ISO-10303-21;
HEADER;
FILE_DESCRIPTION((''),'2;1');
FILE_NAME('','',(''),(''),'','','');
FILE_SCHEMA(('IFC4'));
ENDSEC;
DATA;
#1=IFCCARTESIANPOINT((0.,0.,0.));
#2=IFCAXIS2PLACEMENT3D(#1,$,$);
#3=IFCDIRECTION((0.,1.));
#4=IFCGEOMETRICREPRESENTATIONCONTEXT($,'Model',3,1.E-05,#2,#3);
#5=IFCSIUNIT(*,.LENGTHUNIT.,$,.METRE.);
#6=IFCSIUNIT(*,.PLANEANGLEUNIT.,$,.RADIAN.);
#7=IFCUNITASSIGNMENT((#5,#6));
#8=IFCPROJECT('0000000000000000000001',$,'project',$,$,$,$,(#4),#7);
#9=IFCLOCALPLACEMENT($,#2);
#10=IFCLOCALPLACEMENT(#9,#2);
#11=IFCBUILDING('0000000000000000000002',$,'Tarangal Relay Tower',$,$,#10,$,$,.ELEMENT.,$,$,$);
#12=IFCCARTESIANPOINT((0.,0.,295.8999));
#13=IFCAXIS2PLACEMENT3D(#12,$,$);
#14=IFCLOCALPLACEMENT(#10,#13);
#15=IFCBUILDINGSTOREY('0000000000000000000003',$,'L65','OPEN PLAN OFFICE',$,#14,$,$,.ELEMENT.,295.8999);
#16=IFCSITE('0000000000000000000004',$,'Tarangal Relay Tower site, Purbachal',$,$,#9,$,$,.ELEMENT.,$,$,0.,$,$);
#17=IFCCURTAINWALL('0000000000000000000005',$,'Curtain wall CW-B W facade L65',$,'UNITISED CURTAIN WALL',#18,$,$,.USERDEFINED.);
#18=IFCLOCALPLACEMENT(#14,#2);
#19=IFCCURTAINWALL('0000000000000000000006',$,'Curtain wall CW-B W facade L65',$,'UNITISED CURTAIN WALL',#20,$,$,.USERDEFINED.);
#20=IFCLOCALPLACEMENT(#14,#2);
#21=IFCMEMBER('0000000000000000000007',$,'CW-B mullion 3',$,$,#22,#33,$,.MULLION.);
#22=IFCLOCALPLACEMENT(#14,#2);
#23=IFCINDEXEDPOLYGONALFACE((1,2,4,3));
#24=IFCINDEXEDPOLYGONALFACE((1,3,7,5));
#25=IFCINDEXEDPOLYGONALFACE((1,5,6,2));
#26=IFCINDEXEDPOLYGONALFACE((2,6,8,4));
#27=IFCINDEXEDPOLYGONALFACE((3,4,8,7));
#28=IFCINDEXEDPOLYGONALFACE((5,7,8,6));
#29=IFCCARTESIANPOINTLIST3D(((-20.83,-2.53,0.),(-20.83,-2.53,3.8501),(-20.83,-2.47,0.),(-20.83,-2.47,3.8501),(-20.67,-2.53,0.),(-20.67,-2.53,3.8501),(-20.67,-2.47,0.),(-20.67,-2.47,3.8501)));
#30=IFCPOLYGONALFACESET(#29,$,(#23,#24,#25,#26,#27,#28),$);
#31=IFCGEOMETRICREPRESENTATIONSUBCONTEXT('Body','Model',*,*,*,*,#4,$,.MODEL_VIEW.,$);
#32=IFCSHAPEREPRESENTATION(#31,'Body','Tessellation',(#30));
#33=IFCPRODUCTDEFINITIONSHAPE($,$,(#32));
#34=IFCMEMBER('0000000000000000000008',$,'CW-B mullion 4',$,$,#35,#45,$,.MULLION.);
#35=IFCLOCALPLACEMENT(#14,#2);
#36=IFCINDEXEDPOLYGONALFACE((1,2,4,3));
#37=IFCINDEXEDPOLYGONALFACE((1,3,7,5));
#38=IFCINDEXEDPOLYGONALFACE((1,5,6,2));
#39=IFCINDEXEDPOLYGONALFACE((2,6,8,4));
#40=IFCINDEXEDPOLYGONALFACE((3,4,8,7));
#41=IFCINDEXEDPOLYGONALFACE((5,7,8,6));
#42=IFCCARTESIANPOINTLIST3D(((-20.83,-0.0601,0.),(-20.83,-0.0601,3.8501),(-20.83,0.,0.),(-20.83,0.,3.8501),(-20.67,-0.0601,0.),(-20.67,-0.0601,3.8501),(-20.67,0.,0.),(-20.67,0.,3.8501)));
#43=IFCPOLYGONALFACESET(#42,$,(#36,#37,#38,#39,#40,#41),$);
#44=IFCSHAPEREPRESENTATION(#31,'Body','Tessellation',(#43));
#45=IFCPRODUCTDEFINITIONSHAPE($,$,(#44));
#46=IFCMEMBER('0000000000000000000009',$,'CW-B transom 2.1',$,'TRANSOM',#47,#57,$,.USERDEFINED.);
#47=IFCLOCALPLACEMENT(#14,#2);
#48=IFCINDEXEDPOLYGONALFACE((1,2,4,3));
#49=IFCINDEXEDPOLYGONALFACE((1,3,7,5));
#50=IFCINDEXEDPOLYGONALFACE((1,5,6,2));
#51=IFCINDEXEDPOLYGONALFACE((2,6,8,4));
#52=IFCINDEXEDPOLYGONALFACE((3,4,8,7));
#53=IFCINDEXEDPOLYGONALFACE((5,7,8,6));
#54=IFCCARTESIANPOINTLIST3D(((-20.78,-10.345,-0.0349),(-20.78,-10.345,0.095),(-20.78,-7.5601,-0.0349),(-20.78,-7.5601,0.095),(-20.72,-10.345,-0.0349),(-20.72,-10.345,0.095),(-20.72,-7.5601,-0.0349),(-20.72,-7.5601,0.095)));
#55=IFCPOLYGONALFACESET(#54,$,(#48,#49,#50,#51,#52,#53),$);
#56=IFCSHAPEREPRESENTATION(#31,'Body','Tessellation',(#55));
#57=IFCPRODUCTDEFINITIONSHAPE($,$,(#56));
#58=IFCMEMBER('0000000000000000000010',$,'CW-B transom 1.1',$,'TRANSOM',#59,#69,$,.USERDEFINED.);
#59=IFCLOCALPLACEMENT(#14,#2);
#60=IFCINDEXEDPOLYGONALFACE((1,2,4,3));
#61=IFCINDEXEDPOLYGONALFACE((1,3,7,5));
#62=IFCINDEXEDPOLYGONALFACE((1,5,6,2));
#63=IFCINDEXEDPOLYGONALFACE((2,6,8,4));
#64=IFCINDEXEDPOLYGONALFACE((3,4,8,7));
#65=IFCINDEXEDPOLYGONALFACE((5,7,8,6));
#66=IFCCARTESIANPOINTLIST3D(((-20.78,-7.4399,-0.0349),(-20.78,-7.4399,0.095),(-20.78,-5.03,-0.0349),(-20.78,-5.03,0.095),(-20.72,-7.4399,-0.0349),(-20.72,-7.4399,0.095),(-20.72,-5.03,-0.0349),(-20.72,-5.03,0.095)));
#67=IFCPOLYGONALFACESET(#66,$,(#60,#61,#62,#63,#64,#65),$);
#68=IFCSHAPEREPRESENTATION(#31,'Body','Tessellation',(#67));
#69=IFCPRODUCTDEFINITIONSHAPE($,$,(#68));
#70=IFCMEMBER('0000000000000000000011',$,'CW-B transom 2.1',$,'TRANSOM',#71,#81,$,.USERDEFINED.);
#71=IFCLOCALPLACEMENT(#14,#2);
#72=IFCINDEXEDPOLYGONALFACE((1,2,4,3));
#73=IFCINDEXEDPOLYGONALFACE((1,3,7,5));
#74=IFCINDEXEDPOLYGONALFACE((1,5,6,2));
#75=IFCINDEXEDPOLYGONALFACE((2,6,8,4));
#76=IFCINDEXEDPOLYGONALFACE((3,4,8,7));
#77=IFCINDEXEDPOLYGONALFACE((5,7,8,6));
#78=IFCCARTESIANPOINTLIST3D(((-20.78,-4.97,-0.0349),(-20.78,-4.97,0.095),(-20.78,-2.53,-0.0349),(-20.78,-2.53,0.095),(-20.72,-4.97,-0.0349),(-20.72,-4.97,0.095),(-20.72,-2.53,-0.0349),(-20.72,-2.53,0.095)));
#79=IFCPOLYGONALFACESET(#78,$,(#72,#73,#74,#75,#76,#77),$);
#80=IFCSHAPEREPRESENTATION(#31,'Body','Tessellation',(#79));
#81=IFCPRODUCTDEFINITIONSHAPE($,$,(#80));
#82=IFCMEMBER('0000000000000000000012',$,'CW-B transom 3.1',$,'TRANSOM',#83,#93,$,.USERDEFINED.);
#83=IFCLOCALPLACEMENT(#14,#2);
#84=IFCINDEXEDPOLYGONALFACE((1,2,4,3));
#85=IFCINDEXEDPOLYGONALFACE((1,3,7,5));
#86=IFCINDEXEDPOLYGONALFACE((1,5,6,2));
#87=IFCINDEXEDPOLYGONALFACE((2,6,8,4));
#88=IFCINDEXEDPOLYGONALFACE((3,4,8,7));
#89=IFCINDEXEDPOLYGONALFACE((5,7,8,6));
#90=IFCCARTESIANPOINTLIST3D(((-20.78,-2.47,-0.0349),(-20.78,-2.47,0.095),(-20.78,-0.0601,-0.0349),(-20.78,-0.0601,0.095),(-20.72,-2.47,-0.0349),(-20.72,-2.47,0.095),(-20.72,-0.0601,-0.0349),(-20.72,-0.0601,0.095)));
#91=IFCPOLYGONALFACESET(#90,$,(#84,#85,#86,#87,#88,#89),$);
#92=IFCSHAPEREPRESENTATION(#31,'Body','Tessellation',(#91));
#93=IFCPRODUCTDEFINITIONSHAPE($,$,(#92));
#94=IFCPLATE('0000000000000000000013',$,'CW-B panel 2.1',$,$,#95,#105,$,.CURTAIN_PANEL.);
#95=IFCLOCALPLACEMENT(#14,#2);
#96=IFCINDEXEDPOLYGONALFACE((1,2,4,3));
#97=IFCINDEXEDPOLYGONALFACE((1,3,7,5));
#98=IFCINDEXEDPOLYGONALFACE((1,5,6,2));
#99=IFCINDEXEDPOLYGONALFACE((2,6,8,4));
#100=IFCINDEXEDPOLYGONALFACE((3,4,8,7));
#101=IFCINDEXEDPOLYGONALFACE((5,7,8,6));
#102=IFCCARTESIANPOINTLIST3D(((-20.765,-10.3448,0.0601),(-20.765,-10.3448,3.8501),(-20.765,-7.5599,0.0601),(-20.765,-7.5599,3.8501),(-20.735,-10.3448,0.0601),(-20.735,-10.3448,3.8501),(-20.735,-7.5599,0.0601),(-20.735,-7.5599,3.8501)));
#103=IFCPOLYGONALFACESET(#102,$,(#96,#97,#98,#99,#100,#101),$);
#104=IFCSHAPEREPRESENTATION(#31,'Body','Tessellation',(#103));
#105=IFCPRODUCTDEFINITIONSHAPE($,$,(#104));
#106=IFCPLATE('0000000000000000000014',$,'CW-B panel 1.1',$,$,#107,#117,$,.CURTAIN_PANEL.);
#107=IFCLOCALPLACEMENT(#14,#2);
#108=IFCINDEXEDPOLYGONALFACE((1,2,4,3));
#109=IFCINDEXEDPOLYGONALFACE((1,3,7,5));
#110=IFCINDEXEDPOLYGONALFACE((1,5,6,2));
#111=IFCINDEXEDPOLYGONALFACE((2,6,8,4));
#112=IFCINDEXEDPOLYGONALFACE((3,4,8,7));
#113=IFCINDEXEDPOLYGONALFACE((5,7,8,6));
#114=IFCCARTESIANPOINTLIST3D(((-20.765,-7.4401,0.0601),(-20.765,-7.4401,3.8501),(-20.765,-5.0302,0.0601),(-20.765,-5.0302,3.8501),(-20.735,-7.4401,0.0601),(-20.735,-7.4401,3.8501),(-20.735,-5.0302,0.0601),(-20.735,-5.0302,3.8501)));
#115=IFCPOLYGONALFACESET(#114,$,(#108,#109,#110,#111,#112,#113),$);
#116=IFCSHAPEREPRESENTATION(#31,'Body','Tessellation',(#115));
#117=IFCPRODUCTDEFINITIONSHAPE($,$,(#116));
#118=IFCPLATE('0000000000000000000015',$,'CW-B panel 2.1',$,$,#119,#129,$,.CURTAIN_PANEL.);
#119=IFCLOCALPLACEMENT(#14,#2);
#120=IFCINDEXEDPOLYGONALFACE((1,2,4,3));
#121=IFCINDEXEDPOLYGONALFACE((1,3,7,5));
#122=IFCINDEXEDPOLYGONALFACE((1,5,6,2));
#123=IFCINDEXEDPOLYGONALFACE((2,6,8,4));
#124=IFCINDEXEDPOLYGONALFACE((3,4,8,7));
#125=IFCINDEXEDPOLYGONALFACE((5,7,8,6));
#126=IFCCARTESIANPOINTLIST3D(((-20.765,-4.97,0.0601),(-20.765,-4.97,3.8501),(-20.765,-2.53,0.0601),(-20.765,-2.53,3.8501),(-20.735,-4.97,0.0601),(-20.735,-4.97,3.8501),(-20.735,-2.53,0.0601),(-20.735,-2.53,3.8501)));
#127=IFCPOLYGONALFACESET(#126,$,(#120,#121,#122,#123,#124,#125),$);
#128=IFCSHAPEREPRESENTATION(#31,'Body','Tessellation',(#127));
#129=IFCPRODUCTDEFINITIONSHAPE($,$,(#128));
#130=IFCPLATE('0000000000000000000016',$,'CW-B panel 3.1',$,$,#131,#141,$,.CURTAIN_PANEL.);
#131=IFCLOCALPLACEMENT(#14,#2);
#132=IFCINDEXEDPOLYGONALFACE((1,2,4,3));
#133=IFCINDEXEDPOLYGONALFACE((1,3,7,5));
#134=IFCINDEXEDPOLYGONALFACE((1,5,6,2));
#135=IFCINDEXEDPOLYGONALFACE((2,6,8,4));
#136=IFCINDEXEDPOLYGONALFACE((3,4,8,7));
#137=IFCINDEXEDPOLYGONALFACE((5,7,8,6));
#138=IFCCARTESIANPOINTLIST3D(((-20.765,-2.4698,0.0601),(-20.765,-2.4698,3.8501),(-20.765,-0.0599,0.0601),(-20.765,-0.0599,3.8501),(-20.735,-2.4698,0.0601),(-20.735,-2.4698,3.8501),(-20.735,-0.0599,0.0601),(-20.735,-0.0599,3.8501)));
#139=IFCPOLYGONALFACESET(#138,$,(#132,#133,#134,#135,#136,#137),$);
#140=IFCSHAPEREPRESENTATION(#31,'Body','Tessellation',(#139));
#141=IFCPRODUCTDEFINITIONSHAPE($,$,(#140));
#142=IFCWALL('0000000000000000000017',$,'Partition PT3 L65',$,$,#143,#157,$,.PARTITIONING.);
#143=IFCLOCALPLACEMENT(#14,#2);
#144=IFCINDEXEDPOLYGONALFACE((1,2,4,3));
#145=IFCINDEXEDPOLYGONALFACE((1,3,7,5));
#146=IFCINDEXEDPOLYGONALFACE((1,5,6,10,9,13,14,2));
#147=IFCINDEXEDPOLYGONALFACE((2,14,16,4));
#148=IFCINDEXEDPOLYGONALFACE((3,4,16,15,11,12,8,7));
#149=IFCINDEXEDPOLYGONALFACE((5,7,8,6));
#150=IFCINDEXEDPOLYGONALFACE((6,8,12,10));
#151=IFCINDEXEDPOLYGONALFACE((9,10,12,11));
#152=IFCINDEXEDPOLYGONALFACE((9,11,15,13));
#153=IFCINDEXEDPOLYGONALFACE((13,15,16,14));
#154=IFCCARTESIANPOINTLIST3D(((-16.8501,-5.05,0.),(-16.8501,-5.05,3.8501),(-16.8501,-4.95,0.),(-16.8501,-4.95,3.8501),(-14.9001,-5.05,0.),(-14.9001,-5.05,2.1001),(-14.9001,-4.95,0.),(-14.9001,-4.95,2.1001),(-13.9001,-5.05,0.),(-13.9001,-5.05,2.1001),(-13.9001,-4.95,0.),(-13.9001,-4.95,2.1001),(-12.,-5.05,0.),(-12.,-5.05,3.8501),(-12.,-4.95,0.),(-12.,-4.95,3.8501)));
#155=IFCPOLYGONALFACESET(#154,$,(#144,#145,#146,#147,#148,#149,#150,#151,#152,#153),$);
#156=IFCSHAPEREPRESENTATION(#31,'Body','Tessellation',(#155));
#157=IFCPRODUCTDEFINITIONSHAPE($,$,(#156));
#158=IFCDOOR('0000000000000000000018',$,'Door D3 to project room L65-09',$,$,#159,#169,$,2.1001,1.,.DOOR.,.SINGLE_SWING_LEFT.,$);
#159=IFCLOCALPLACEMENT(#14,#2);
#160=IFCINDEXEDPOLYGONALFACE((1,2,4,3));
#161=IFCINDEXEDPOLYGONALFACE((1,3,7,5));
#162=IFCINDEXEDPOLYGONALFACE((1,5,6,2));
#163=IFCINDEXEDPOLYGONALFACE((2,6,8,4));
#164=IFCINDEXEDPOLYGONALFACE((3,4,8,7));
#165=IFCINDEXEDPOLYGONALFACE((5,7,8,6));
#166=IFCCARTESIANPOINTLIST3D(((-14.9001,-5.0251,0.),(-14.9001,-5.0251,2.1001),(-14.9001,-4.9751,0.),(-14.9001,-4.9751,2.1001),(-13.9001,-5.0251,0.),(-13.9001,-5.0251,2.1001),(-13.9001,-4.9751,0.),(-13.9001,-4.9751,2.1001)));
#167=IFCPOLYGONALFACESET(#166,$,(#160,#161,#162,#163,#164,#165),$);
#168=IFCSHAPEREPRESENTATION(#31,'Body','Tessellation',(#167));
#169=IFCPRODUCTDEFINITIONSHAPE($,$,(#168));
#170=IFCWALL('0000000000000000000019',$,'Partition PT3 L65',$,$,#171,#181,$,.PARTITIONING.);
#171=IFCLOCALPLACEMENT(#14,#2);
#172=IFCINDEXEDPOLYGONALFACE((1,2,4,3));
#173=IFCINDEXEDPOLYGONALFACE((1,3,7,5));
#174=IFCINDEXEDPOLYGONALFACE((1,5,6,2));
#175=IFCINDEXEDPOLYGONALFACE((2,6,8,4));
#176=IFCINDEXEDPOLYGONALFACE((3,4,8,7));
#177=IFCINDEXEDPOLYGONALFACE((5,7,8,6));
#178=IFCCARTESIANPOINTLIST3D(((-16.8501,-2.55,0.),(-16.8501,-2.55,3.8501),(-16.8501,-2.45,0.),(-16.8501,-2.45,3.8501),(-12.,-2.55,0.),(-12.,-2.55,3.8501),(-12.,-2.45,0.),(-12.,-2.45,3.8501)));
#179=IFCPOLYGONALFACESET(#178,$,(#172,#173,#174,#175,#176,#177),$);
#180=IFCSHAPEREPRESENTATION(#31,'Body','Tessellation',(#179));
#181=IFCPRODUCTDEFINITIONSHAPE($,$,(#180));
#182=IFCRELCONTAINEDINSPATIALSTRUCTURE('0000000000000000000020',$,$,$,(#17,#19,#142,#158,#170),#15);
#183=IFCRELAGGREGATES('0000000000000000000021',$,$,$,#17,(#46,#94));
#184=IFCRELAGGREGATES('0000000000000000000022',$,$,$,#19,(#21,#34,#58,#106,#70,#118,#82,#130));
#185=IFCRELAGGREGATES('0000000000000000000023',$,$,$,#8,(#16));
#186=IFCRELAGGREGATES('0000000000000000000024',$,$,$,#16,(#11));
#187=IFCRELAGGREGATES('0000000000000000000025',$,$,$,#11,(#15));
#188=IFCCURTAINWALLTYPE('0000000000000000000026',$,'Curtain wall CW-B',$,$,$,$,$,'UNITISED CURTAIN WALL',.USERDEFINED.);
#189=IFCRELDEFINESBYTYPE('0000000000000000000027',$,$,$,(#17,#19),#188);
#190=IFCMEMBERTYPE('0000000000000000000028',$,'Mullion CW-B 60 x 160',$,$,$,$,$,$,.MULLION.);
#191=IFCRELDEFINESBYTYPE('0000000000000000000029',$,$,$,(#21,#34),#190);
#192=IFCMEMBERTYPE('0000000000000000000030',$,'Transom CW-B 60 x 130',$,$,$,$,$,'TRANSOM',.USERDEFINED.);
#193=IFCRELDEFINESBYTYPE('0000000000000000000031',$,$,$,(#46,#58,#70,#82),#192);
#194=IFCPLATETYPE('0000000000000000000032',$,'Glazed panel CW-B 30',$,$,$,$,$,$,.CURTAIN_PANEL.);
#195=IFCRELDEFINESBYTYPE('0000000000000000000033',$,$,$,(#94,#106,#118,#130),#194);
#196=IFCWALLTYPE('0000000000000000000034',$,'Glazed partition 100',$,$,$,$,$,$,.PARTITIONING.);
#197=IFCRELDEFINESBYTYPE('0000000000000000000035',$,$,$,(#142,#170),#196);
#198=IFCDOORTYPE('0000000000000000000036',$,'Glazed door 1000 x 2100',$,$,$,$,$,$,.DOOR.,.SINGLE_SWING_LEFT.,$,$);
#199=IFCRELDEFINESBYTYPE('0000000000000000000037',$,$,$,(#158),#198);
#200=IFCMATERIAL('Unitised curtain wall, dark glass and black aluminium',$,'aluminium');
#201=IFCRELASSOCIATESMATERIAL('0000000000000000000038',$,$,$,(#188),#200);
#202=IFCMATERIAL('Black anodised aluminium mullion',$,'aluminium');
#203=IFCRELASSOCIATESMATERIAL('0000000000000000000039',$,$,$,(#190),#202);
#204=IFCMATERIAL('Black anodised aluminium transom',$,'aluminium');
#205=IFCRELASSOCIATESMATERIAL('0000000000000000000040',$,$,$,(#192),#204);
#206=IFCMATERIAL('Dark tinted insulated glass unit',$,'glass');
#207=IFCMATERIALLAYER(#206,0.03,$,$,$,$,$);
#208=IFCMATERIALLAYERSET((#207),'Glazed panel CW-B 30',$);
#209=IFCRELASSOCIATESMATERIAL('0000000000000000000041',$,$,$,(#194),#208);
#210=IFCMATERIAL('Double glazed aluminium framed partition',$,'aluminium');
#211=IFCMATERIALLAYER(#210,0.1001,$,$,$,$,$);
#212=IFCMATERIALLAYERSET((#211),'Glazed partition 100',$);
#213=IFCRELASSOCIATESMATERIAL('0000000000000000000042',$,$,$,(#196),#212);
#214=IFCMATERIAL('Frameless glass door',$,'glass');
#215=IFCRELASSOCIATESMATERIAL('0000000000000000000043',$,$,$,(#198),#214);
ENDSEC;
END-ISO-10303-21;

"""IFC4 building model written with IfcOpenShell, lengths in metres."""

from ifc_helpers import new_model, si_unit, direction, frame, frame_2d, origin, origin_2d, place, context, subcontext, project, spatial, rectangle, extrude, material, layer, layer_set, material_profile, profile_set, type_object, element, fill, aggregate, save


model = new_model("IFC4")

# Units and contexts
model_context = context("Model", 3, precision=1e-05, world=origin(), true_north=direction((0.0, 1.0)))
body_context = subcontext(model_context, "Body", "Model", "MODEL_VIEW")
ifc_project = project(units=[si_unit("LENGTHUNIT", "METRE"), si_unit("PLANEANGLEUNIT", "RADIAN")], contexts=[model_context])

# Site, building, storey
site_placement = place(None, origin())
site = spatial("IfcSite", under=ifc_project, at=site_placement, Name="Tarangal Relay Tower site, Purbachal", CompositionType="ELEMENT", RefElevation=0.0)
building_placement = place(site_placement, origin())
building = spatial("IfcBuilding", under=site, at=building_placement, Name="Tarangal Relay Tower", CompositionType="ELEMENT")
storey_placement = place(building_placement, frame((0.0, 0.0, 295.8999)))
storey = spatial("IfcBuildingStorey", under=building, at=storey_placement, Name="L65", Description="OPEN PLAN OFFICE", CompositionType="ELEMENT", Elevation=295.8999)

# Curtain walls, members
ifc_material_1 = material(Name="Unitised curtain wall, dark glass and black aluminium", Category="aluminium")
curtain_wall_type = type_object("IfcCurtainWallType", Name="Curtain wall CW-B", ElementType="UNITISED CURTAIN WALL", PredefinedType="USERDEFINED", material=ifc_material_1)
curtain_wall_1_placement = place(storey_placement, origin())
curtain_wall_1 = element("IfcCurtainWall", 1, at=curtain_wall_1_placement, inside=storey, type_object=curtain_wall_type, Name="Curtain wall CW-B W facade L65", ObjectType="UNITISED CURTAIN WALL", PredefinedType="USERDEFINED")
ifc_material_2 = material(Name="Black anodised aluminium mullion", Category="aluminium")
ifc_material_profile_1 = material_profile(ifc_material_2, rectangle(XDim=0.1599, YDim=0.0601, at=origin_2d()), Name="CW-BM 60X160")
ifc_profile_set_1 = profile_set([ifc_material_profile_1], Name="Black anodised aluminium mullion")
member_type_1 = type_object("IfcMemberType", Name="Mullion CW-B 60 x 160", PredefinedType="MULLION", material=ifc_profile_set_1)
curtain_wall_2_placement = place(storey_placement, origin())
curtain_wall_2 = element("IfcCurtainWall", 2, at=curtain_wall_2_placement, inside=storey, type_object=curtain_wall_type, Name="Curtain wall CW-B W facade L65", ObjectType="UNITISED CURTAIN WALL", PredefinedType="USERDEFINED")
member_1_placement = place(storey_placement, frame((-20.75, -2.5, 0.0), z_axis=(0.0, 0.0, 1.0), x_axis=(-1.0, 0.0, 0.0)))
member_1 = element("IfcMember", 3, at=member_1_placement, type_object=member_type_1, Name="CW-B mullion 3", PredefinedType="MULLION", context=body_context, shape_type="SweptSolid", body=[
    extrude(rectangle(XDim=0.1599, YDim=0.0601, at=origin_2d()), origin(), (0.0, 0.0, 1.0), 3.8501),
])
member_2_placement = place(storey_placement, frame((-20.75, -0.03, 0.0), z_axis=(0.0, 0.0, 1.0), x_axis=(-1.0, 0.0, 0.0)))
member_2 = element("IfcMember", 4, at=member_2_placement, type_object=member_type_1, Name="CW-B mullion 4", PredefinedType="MULLION", context=body_context, shape_type="SweptSolid", body=[
    extrude(rectangle(XDim=0.1599, YDim=0.0601, at=origin_2d()), origin(), (0.0, 0.0, 1.0), 3.8501),
])

# Members
ifc_material_3 = material(Name="Black anodised aluminium transom", Category="aluminium")
ifc_material_profile_2 = material_profile(ifc_material_3, rectangle(XDim=0.0601, YDim=0.1299, at=origin_2d()), Name="CW-BT 60X130")
ifc_profile_set_2 = profile_set([ifc_material_profile_2], Name="Black anodised aluminium transom")
member_type_2 = type_object("IfcMemberType", Name="Transom CW-B 60 x 130", ElementType="TRANSOM", PredefinedType="USERDEFINED", material=ifc_profile_set_2)
member_3_placement = place(storey_placement, frame((-20.75, -10.345, 0.03), z_axis=(0.0, 1.0, 0.0), x_axis=(-1.0, 0.0, 0.0)))
member_3 = element("IfcMember", 5, at=member_3_placement, type_object=member_type_2, Name="CW-B transom 2.1", ObjectType="TRANSOM", PredefinedType="USERDEFINED", context=body_context, shape_type="SweptSolid", body=[
    extrude(rectangle(XDim=0.0601, YDim=0.1299, at=origin_2d()), origin(), (0.0, 0.0, 1.0), 2.7849),
])
member_4_placement = place(storey_placement, frame((-20.75, -7.4399, 0.03), z_axis=(0.0, 1.0, 0.0), x_axis=(-1.0, 0.0, 0.0)))
member_4 = element("IfcMember", 6, at=member_4_placement, type_object=member_type_2, Name="CW-B transom 1.1", ObjectType="TRANSOM", PredefinedType="USERDEFINED", context=body_context, shape_type="SweptSolid", body=[
    extrude(rectangle(XDim=0.0601, YDim=0.1299, at=origin_2d()), origin(), (0.0, 0.0, 1.0), 2.4099),
])
member_5_placement = place(storey_placement, frame((-20.75, -4.97, 0.03), z_axis=(0.0, 1.0, 0.0), x_axis=(-1.0, 0.0, 0.0)))
member_5 = element("IfcMember", 7, at=member_5_placement, type_object=member_type_2, Name="CW-B transom 2.1", ObjectType="TRANSOM", PredefinedType="USERDEFINED", context=body_context, shape_type="SweptSolid", body=[
    extrude(rectangle(XDim=0.0601, YDim=0.1299, at=origin_2d()), origin(), (0.0, 0.0, 1.0), 2.4399),
])
member_6_placement = place(storey_placement, frame((-20.75, -2.47, 0.03), z_axis=(0.0, 1.0, 0.0), x_axis=(-1.0, 0.0, 0.0)))
member_6 = element("IfcMember", 8, at=member_6_placement, type_object=member_type_2, Name="CW-B transom 3.1", ObjectType="TRANSOM", PredefinedType="USERDEFINED", context=body_context, shape_type="SweptSolid", body=[
    extrude(rectangle(XDim=0.0601, YDim=0.1299, at=origin_2d()), origin(), (0.0, 0.0, 1.0), 2.4099),
])

# Plates
ifc_material_4 = material(Name="Dark tinted insulated glass unit", Category="glass")
ifc_layer_1 = layer(ifc_material_4, 0.03)
ifc_layer_set_1 = layer_set([ifc_layer_1], Name="Glazed panel CW-B 30")
plate_type = type_object("IfcPlateType", Name="Glazed panel CW-B 30", PredefinedType="CURTAIN_PANEL", material=ifc_layer_set_1)
plate_1_placement = place(storey_placement, frame((-20.75, -8.9524, 0.0601), z_axis=(0.0, 0.0, 1.0), x_axis=(0.0, 1.0, 0.0)))
plate_1 = element("IfcPlate", 9, at=plate_1_placement, type_object=plate_type, Name="CW-B panel 2.1", PredefinedType="CURTAIN_PANEL", context=body_context, shape_type="SweptSolid", body=[
    extrude(rectangle(XDim=2.7849, YDim=0.03, at=origin_2d()), origin(), (0.0, 0.0, 1.0), 3.79),
])
aggregate(curtain_wall_1, [member_3, plate_1])
plate_2_placement = place(storey_placement, frame((-20.75, -6.2351, 0.0601), z_axis=(0.0, 0.0, 1.0), x_axis=(0.0, 1.0, 0.0)))
plate_2 = element("IfcPlate", 10, at=plate_2_placement, type_object=plate_type, Name="CW-B panel 1.1", PredefinedType="CURTAIN_PANEL", context=body_context, shape_type="SweptSolid", body=[
    extrude(rectangle(XDim=2.4099, YDim=0.03, at=origin_2d()), origin(), (0.0, 0.0, 1.0), 3.79),
])
plate_3_placement = place(storey_placement, frame((-20.75, -3.75, 0.0601), z_axis=(0.0, 0.0, 1.0), x_axis=(0.0, 1.0, 0.0)))
plate_3 = element("IfcPlate", 11, at=plate_3_placement, type_object=plate_type, Name="CW-B panel 2.1", PredefinedType="CURTAIN_PANEL", context=body_context, shape_type="SweptSolid", body=[
    extrude(rectangle(XDim=2.4399, YDim=0.03, at=origin_2d()), origin(), (0.0, 0.0, 1.0), 3.79),
])
plate_4_placement = place(storey_placement, frame((-20.75, -1.2649, 0.0601), z_axis=(0.0, 0.0, 1.0), x_axis=(0.0, 1.0, 0.0)))
plate_4 = element("IfcPlate", 12, at=plate_4_placement, type_object=plate_type, Name="CW-B panel 3.1", PredefinedType="CURTAIN_PANEL", context=body_context, shape_type="SweptSolid", body=[
    extrude(rectangle(XDim=2.4099, YDim=0.03, at=origin_2d()), origin(), (0.0, 0.0, 1.0), 3.79),
])
aggregate(curtain_wall_2, [member_1, member_2, member_4, plate_2, member_5, plate_3, member_6, plate_4])

# Wall, opening, door
ifc_material_5 = material(Name="Double glazed aluminium framed partition", Category="aluminium")
ifc_layer_2 = layer(ifc_material_5, 0.1001)
ifc_layer_set_2 = layer_set([ifc_layer_2], Name="Glazed partition 100")
wall_type = type_object("IfcWallType", Name="Glazed partition 100", PredefinedType="PARTITIONING", material=ifc_layer_set_2)
wall_1_placement = place(storey_placement, frame((-16.8501, -5.0, 0.0), z_axis=(0.0, 0.0, 1.0), x_axis=(1.0, 0.0, 0.0)))
wall_1 = element("IfcWall", 13, at=wall_1_placement, inside=storey, type_object=wall_type, Name="Partition PT3 L65", PredefinedType="PARTITIONING", context=body_context, shape_type="SweptSolid", body=[
    extrude(rectangle(XDim=4.8501, YDim=0.1001, at=frame_2d((2.425, 0.0))), origin(), (0.0, 0.0, 1.0), 3.8501),
])
opening_placement = place(wall_1_placement, frame((1.95, 0.0, 0.0)))
opening = element("IfcOpeningElement", 14, at=opening_placement, cuts=wall_1, PredefinedType="OPENING", context=body_context, shape_type="SweptSolid", body=[
    extrude(rectangle(XDim=1.0, YDim=2.1001, at=frame_2d((0.5, 1.05))), frame((0.0, 0.0601, 0.0), z_axis=(0.0, -1.0, 0.0), x_axis=(1.0, 0.0, 0.0)), (0.0, 0.0, 1.0), 0.1201),
])
ifc_material_6 = material(Name="Frameless glass door", Category="glass")
door_type = type_object("IfcDoorType", Name="Glazed door 1000 x 2100", OperationType="SINGLE_SWING_LEFT", PredefinedType="DOOR", material=ifc_material_6)
door_placement = place(opening_placement, origin())
door = element("IfcDoor", 15, at=door_placement, inside=storey, type_object=door_type, Name="Door D3 to project room L65-09", OperationType="SINGLE_SWING_LEFT", OverallHeight=2.1001, OverallWidth=1.0, PredefinedType="DOOR", context=body_context, shape_type="SweptSolid", body=[
    extrude(rectangle(XDim=1.0, YDim=2.1001, at=frame_2d((0.5, 1.05))), frame((0.0, 0.0249, 0.0), z_axis=(0.0, -1.0, 0.0), x_axis=(1.0, 0.0, 0.0)), (0.0, 0.0, 1.0), 0.05),
])
fill(opening, door)

# Wall
wall_2_placement = place(storey_placement, frame((-16.8501, -2.5, 0.0), z_axis=(0.0, 0.0, 1.0), x_axis=(1.0, 0.0, 0.0)))
element("IfcWall", 16, at=wall_2_placement, inside=storey, type_object=wall_type, Name="Partition PT3 L65", PredefinedType="PARTITIONING", context=body_context, shape_type="SweptSolid", body=[
    extrude(rectangle(XDim=4.8501, YDim=0.1001, at=frame_2d((2.425, 0.0))), origin(), (0.0, 0.0, 1.0), 3.8501),
])

save(model, "model.ifc")
